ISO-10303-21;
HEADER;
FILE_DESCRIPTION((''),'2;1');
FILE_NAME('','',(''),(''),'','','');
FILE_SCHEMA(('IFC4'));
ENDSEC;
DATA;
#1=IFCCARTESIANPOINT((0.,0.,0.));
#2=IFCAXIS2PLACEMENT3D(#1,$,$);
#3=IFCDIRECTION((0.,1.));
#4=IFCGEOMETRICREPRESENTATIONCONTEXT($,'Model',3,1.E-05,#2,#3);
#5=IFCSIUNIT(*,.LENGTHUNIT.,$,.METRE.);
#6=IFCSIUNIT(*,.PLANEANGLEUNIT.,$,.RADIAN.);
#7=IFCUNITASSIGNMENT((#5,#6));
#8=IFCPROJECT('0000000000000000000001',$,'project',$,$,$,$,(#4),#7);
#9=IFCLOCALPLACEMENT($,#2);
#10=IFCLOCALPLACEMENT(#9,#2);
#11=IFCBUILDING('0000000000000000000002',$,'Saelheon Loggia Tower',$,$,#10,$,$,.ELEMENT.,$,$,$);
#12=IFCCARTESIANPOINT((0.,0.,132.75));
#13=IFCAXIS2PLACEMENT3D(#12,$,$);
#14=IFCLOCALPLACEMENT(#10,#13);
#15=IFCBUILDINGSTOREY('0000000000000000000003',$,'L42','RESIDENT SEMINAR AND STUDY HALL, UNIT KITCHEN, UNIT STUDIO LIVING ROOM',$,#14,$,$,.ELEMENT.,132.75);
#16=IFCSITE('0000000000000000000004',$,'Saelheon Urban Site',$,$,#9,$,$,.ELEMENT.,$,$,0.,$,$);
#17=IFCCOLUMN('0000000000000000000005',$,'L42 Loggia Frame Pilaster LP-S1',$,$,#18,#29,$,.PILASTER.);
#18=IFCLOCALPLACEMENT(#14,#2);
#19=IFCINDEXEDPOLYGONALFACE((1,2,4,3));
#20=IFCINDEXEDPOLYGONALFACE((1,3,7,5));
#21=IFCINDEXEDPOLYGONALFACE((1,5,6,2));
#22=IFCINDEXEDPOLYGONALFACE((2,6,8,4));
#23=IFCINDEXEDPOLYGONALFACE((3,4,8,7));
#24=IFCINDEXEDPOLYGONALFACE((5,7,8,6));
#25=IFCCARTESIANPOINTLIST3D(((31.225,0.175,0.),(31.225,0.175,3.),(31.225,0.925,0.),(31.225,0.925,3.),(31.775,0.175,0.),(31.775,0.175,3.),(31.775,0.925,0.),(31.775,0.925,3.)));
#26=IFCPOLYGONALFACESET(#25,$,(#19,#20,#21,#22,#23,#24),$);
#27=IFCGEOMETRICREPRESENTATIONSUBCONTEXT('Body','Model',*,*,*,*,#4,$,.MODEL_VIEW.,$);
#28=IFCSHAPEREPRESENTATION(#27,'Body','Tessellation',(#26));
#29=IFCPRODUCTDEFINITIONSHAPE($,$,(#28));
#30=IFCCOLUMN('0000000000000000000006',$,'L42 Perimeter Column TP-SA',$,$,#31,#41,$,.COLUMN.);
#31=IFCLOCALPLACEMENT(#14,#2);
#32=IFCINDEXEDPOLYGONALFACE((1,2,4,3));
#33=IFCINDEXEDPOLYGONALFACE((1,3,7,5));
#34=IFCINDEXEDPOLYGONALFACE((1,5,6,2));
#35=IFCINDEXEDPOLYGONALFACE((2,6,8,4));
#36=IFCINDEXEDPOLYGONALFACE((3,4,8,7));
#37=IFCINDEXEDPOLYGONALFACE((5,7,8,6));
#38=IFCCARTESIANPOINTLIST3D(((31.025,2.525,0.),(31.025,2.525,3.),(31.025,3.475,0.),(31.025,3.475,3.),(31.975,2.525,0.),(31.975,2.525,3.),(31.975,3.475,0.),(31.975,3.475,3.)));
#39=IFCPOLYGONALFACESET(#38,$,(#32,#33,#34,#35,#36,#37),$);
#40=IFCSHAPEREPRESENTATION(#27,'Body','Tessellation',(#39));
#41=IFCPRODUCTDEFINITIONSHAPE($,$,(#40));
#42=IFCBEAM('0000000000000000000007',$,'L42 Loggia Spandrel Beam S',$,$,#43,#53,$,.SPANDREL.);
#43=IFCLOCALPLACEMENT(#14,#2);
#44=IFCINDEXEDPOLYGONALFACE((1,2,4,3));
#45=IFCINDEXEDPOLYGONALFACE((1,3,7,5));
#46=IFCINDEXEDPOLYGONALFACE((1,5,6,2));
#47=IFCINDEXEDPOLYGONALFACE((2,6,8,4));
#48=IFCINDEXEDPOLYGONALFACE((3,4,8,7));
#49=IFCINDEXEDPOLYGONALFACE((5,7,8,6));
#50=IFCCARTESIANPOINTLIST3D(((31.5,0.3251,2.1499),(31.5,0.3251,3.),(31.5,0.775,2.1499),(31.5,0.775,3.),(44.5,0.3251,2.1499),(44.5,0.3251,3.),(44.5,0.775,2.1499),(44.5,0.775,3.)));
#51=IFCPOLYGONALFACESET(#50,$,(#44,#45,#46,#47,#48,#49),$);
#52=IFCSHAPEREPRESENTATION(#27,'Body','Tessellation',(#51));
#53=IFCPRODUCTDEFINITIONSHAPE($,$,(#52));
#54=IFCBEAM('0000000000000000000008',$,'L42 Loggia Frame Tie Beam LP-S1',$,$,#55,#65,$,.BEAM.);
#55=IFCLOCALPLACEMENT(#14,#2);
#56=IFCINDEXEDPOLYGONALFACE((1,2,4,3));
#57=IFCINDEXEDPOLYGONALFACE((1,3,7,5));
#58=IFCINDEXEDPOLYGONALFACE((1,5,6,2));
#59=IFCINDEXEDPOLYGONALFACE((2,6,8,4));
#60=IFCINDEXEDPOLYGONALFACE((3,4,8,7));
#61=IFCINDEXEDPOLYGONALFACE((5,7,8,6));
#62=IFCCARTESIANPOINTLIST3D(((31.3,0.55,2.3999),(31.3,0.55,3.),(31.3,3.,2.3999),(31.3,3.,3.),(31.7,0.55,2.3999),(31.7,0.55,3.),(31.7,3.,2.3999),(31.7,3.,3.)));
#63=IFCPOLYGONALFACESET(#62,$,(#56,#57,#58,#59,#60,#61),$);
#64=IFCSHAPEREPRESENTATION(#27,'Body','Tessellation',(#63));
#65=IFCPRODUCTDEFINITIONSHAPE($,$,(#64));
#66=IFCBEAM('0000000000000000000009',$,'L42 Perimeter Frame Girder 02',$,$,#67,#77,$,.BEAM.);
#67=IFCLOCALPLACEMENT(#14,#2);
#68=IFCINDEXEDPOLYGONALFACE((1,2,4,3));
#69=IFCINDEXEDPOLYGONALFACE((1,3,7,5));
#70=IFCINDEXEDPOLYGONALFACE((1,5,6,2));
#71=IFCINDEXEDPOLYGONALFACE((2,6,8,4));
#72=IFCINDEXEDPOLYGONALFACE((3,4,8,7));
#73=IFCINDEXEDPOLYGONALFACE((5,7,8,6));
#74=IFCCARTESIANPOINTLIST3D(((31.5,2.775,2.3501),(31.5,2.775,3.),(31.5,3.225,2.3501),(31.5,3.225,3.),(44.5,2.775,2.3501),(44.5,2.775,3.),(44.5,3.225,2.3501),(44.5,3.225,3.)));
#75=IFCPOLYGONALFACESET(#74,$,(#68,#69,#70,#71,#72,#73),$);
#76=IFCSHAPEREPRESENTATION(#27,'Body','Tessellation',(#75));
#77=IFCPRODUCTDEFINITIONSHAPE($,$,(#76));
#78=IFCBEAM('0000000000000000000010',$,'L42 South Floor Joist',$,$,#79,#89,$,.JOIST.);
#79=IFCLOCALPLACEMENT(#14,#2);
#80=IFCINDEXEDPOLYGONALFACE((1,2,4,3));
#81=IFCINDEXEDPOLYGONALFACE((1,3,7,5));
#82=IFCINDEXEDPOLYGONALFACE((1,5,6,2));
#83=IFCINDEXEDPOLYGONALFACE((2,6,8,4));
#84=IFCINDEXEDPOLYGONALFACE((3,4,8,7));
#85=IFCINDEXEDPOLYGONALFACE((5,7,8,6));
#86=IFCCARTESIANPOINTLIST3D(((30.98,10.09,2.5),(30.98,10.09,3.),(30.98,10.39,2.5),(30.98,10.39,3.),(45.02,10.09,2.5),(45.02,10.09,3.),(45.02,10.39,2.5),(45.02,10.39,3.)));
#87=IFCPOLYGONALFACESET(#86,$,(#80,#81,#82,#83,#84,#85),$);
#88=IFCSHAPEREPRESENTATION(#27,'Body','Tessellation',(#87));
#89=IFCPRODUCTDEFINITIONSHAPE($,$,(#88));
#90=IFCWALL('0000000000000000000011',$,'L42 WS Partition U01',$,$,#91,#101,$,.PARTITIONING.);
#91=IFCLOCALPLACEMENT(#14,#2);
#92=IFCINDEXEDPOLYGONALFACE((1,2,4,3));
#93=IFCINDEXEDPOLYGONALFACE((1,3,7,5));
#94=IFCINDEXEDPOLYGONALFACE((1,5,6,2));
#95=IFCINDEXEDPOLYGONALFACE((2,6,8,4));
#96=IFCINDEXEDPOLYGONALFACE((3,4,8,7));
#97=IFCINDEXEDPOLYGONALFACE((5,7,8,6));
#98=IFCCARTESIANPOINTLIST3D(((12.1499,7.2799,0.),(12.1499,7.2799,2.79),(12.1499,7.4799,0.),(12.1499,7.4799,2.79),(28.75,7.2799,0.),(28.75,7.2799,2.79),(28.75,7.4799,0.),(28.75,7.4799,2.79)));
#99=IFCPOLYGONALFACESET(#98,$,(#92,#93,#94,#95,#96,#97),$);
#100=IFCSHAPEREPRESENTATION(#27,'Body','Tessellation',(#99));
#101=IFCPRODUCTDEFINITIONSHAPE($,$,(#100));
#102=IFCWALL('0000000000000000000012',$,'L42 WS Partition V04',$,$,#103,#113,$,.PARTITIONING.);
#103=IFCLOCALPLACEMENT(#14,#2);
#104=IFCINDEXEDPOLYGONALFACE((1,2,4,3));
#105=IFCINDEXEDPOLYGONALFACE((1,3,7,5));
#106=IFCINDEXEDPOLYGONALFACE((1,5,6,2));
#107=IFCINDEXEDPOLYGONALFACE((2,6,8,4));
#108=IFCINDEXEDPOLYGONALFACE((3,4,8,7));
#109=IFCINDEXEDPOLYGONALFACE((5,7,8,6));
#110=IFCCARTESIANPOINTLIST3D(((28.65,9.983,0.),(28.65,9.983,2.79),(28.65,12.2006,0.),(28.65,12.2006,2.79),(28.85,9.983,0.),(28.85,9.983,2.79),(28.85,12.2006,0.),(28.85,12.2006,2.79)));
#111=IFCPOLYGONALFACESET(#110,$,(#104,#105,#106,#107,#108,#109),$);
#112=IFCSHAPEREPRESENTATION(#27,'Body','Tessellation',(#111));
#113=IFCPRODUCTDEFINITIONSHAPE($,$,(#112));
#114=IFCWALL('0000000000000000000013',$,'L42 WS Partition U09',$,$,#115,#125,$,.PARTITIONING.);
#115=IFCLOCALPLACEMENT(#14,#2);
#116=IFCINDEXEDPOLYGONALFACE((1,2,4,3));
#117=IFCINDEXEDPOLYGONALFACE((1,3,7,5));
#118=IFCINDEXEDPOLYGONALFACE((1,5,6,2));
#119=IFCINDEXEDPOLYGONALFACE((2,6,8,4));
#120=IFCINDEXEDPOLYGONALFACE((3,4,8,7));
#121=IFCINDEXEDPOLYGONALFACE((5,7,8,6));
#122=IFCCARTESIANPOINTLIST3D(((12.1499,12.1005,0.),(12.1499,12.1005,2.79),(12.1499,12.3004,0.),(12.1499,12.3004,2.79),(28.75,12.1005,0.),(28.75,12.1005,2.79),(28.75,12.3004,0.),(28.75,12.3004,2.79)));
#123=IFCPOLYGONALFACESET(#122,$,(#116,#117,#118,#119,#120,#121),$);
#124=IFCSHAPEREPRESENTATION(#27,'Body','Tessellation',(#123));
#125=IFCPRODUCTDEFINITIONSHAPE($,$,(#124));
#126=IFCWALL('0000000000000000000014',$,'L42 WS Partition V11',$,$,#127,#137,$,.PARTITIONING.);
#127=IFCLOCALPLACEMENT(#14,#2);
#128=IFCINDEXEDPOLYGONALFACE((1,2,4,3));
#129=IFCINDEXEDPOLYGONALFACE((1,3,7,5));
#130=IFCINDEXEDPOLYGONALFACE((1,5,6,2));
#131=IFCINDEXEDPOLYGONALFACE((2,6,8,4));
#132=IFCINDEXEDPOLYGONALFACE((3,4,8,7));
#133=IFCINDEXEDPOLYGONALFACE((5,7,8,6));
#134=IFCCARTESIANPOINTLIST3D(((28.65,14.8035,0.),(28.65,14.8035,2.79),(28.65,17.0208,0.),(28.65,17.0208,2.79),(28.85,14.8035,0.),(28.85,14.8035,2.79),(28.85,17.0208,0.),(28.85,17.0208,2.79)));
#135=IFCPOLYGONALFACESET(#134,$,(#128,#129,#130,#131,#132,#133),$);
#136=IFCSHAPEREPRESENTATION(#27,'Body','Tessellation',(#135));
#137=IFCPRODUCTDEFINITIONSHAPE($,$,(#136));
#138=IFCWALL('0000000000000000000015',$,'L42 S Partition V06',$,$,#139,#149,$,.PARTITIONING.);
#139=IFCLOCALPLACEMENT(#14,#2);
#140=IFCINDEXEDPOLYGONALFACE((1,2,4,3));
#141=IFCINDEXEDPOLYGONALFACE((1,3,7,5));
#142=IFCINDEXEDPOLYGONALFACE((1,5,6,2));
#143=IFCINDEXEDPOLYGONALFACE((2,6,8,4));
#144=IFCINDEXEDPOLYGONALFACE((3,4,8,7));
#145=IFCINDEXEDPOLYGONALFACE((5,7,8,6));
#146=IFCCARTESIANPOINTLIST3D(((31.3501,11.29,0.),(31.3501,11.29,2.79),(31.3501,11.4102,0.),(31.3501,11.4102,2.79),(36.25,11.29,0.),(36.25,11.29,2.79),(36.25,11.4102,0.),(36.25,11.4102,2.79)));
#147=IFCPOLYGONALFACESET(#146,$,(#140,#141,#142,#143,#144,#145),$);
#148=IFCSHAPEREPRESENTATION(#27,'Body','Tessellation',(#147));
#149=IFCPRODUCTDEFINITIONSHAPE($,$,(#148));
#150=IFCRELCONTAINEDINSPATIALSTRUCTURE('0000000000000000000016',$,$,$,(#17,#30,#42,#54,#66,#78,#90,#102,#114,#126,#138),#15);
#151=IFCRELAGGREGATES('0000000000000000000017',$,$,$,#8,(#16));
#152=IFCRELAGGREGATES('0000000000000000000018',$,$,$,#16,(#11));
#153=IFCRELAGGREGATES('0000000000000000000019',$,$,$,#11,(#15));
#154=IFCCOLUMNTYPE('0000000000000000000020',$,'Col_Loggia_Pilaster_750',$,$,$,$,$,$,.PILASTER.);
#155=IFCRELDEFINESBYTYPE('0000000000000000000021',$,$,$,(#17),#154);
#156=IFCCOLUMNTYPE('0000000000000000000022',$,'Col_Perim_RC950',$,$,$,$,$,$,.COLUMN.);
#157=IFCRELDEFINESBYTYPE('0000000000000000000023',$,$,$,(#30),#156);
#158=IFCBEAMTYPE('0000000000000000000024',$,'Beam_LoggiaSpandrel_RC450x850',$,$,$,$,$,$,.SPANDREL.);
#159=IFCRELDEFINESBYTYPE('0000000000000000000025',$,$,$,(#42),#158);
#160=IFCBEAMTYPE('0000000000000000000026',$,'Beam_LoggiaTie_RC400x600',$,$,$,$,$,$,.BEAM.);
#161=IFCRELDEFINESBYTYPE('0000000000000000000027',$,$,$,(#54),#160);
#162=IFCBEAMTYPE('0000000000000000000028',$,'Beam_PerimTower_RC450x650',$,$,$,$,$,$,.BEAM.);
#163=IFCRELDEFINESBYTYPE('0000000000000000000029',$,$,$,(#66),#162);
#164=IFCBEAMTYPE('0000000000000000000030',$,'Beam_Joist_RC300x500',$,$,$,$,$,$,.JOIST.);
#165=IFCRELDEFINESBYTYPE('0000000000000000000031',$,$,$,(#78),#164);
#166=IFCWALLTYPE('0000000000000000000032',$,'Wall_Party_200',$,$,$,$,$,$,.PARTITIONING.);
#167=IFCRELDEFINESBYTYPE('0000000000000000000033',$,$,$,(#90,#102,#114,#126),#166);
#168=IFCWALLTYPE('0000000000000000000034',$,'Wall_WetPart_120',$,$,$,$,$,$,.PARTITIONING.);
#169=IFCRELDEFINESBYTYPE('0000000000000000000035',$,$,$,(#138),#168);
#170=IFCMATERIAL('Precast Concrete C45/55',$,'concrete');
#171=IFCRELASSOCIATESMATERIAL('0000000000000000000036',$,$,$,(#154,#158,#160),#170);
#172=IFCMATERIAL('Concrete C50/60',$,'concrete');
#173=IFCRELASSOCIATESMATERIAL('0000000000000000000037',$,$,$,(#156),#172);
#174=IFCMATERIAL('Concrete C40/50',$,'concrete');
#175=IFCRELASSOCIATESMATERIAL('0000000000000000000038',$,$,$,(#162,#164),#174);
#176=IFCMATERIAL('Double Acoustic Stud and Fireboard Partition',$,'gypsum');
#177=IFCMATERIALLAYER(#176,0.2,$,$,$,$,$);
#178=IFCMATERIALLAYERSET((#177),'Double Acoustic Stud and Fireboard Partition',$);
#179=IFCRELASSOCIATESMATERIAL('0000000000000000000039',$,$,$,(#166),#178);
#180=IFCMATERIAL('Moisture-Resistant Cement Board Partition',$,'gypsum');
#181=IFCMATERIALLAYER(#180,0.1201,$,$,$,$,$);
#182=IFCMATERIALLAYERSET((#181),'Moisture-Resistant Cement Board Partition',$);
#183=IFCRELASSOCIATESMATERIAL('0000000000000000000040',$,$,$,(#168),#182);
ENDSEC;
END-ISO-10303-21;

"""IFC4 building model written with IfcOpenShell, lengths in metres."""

from ifc_helpers import new_model, si_unit, direction, frame, frame_2d, origin, origin_2d, place, context, subcontext, project, spatial, rectangle, extrude, source, transform, mapped, material, layer, layer_set, material_profile, profile_set, type_object, element, save


model = new_model("IFC4")

# Units and contexts
model_context = context("Model", 3, precision=1e-05, world=origin(), true_north=direction((0.0, 1.0)))
body_context = subcontext(model_context, "Body", "Model", "MODEL_VIEW")
ifc_project = project(units=[si_unit("LENGTHUNIT", "METRE"), si_unit("PLANEANGLEUNIT", "RADIAN")], contexts=[model_context])

# Site, building, storey
site_placement = place(None, origin())
site = spatial("IfcSite", under=ifc_project, at=site_placement, Name="Saelheon Urban Site", CompositionType="ELEMENT", RefElevation=0.0)
building_placement = place(site_placement, origin())
building = spatial("IfcBuilding", under=site, at=building_placement, Name="Saelheon Loggia Tower", CompositionType="ELEMENT")
storey_placement = place(building_placement, frame((0.0, 0.0, 132.75)))
storey = spatial("IfcBuildingStorey", under=building, at=storey_placement, Name="L42", Description="RESIDENT SEMINAR AND STUDY HALL, UNIT KITCHEN, UNIT STUDIO LIVING ROOM", CompositionType="ELEMENT", Elevation=132.75)

# Columns
ifc_material_1 = material(Name="Precast Concrete C45/55", Category="concrete")
ifc_material_profile_1 = material_profile(ifc_material_1, rectangle(XDim=0.55, YDim=0.75, at=origin_2d()), Name="RC-550x750")
ifc_profile_set_1 = profile_set([ifc_material_profile_1], Name="Precast Concrete C45/55")
column_type_1 = type_object("IfcColumnType", Name="Col_Loggia_Pilaster_750", PredefinedType="PILASTER", material=ifc_profile_set_1)
shared_shape_1 = source(origin(), body_context, "Body", "SweptSolid", [
    extrude(rectangle(XDim=0.55, YDim=0.75, at=origin_2d()), origin(), (0.0, 0.0, 1.0), 3.0),
])
column_1_placement = place(storey_placement, frame((31.5, 0.55, 0.0), z_axis=(0.0, 0.0, 1.0), x_axis=(1.0, 0.0, 0.0)))
element("IfcColumn", 1, at=column_1_placement, inside=storey, type_object=column_type_1, Name="L42 Loggia Frame Pilaster LP-S1", PredefinedType="PILASTER", context=body_context, shape_type="MappedRepresentation", body=[
    mapped(shared_shape_1, transform((0.0, 0.0, 0.0), scale=1.0)),
])
ifc_material_2 = material(Name="Concrete C50/60", Category="concrete")
ifc_material_profile_2 = material_profile(ifc_material_2, rectangle(XDim=0.95, YDim=0.95, at=origin_2d()), Name="RC-950x950")
ifc_profile_set_2 = profile_set([ifc_material_profile_2], Name="Concrete C50/60")
column_type_2 = type_object("IfcColumnType", Name="Col_Perim_RC950", PredefinedType="COLUMN", material=ifc_profile_set_2)
shared_shape_2 = source(origin(), body_context, "Body", "SweptSolid", [
    extrude(rectangle(XDim=0.95, YDim=0.95, at=origin_2d()), origin(), (0.0, 0.0, 1.0), 3.0),
])
column_2_placement = place(storey_placement, frame((31.5, 3.0, 0.0), z_axis=(0.0, 0.0, 1.0), x_axis=(1.0, 0.0, 0.0)))
element("IfcColumn", 2, at=column_2_placement, inside=storey, type_object=column_type_2, Name="L42 Perimeter Column TP-SA", PredefinedType="COLUMN", context=body_context, shape_type="MappedRepresentation", body=[
    mapped(shared_shape_2, transform((0.0, 0.0, 0.0), scale=1.0)),
])

# Beams
ifc_material_profile_3 = material_profile(ifc_material_1, rectangle(XDim=0.45, YDim=0.8501, at=origin_2d()), Name="RC-450x850")
ifc_profile_set_3 = profile_set([ifc_material_profile_3], Name="Precast Concrete C45/55")
beam_type_1 = type_object("IfcBeamType", Name="Beam_LoggiaSpandrel_RC450x850", PredefinedType="SPANDREL", material=ifc_profile_set_3)
shared_shape_3 = source(origin(), body_context, "Body", "SweptSolid", [
    extrude(rectangle(XDim=0.45, YDim=0.8501, at=origin_2d()), origin(), (0.0, 0.0, 1.0), 13.0),
])
beam_1_placement = place(storey_placement, frame((31.5, 0.55, 2.575), z_axis=(1.0, 0.0, 0.0), x_axis=(0.0, 1.0, 0.0)))
element("IfcBeam", 3, at=beam_1_placement, inside=storey, type_object=beam_type_1, Name="L42 Loggia Spandrel Beam S", PredefinedType="SPANDREL", context=body_context, shape_type="MappedRepresentation", body=[
    mapped(shared_shape_3, transform((0.0, 0.0, 0.0), scale=1.0)),
])
ifc_material_profile_4 = material_profile(ifc_material_1, rectangle(XDim=0.3999, YDim=0.6001, at=origin_2d()), Name="RC-400x600")
ifc_profile_set_4 = profile_set([ifc_material_profile_4], Name="Precast Concrete C45/55")
beam_type_2 = type_object("IfcBeamType", Name="Beam_LoggiaTie_RC400x600", PredefinedType="BEAM", material=ifc_profile_set_4)
shared_shape_4 = source(origin(), body_context, "Body", "SweptSolid", [
    extrude(rectangle(XDim=0.3999, YDim=0.6001, at=origin_2d()), origin(), (0.0, 0.0, 1.0), 2.45),
])
beam_2_placement = place(storey_placement, frame((31.5, 3.0, 2.7), z_axis=(0.0, -1.0, 0.0), x_axis=(1.0, 0.0, 0.0)))
element("IfcBeam", 4, at=beam_2_placement, inside=storey, type_object=beam_type_2, Name="L42 Loggia Frame Tie Beam LP-S1", PredefinedType="BEAM", context=body_context, shape_type="MappedRepresentation", body=[
    mapped(shared_shape_4, transform((0.0, 0.0, 0.0), scale=1.0)),
])
ifc_material_3 = material(Name="Concrete C40/50", Category="concrete")
ifc_material_profile_5 = material_profile(ifc_material_3, rectangle(XDim=0.45, YDim=0.6499, at=origin_2d()), Name="RC-450x650")
ifc_profile_set_5 = profile_set([ifc_material_profile_5], Name="Concrete C40/50")
beam_type_3 = type_object("IfcBeamType", Name="Beam_PerimTower_RC450x650", PredefinedType="BEAM", material=ifc_profile_set_5)
shared_shape_5 = source(origin(), body_context, "Body", "SweptSolid", [
    extrude(rectangle(XDim=0.45, YDim=0.6499, at=origin_2d()), origin(), (0.0, 0.0, 1.0), 13.0),
])
beam_3_placement = place(storey_placement, frame((31.5, 3.0, 2.675), z_axis=(1.0, 0.0, 0.0), x_axis=(0.0, 1.0, 0.0)))
element("IfcBeam", 5, at=beam_3_placement, inside=storey, type_object=beam_type_3, Name="L42 Perimeter Frame Girder 02", PredefinedType="BEAM", context=body_context, shape_type="MappedRepresentation", body=[
    mapped(shared_shape_5, transform((0.0, 0.0, 0.0), scale=1.0)),
])
ifc_material_profile_6 = material_profile(ifc_material_3, rectangle(XDim=0.3, YDim=0.5, at=origin_2d()), Name="RC-300x500")
ifc_profile_set_6 = profile_set([ifc_material_profile_6], Name="Concrete C40/50")
beam_type_4 = type_object("IfcBeamType", Name="Beam_Joist_RC300x500", PredefinedType="JOIST", material=ifc_profile_set_6)
shared_shape_6 = source(origin(), body_context, "Body", "SweptSolid", [
    extrude(rectangle(XDim=0.3, YDim=0.5, at=origin_2d()), origin(), (0.0, 0.0, 1.0), 14.04),
])
beam_4_placement = place(storey_placement, frame((30.98, 10.24, 2.75), z_axis=(1.0, 0.0, 0.0), x_axis=(0.0, 1.0, 0.0)))
element("IfcBeam", 6, at=beam_4_placement, inside=storey, type_object=beam_type_4, Name="L42 South Floor Joist", PredefinedType="JOIST", context=body_context, shape_type="MappedRepresentation", body=[
    mapped(shared_shape_6, transform((0.0, 0.0, 0.0), scale=1.0)),
])

# Wall
ifc_material_4 = material(Name="Double Acoustic Stud and Fireboard Partition", Category="gypsum")
ifc_layer_1 = layer(ifc_material_4, 0.2)
ifc_layer_set_1 = layer_set([ifc_layer_1], Name="Double Acoustic Stud and Fireboard Partition")
wall_type_1 = type_object("IfcWallType", Name="Wall_Party_200", PredefinedType="PARTITIONING", material=ifc_layer_set_1)
wall_1_placement = place(storey_placement, frame((28.75, 7.3799, 0.0), z_axis=(0.0, 0.0, 1.0), x_axis=(-1.0, 0.0, 0.0)))
element("IfcWall", 7, at=wall_1_placement, inside=storey, type_object=wall_type_1, Name="L42 WS Partition U01", PredefinedType="PARTITIONING", context=body_context, shape_type="SweptSolid", body=[
    extrude(rectangle(XDim=16.6001, YDim=0.2, at=frame_2d((8.3, 0.0))), origin(), (0.0, 0.0, 1.0), 2.79),
])

# Walls
wall_2_placement = place(storey_placement, frame((28.75, 9.9829, 0.0), z_axis=(0.0, 0.0, 1.0), x_axis=(0.0, 1.0, 0.0)))
element("IfcWall", 8, at=wall_2_placement, inside=storey, type_object=wall_type_1, Name="L42 WS Partition V04", PredefinedType="PARTITIONING", context=body_context, shape_type="SweptSolid", body=[
    extrude(rectangle(XDim=2.2175, YDim=0.2, at=frame_2d((1.1089, 0.0))), origin(), (0.0, 0.0, 1.0), 2.79),
])
wall_3_placement = place(storey_placement, frame((28.75, 12.2004, 0.0), z_axis=(0.0, 0.0, 1.0), x_axis=(-1.0, 0.0, 0.0)))
element("IfcWall", 9, at=wall_3_placement, inside=storey, type_object=wall_type_1, Name="L42 WS Partition U09", PredefinedType="PARTITIONING", context=body_context, shape_type="SweptSolid", body=[
    extrude(rectangle(XDim=16.6001, YDim=0.2, at=frame_2d((8.3, 0.0))), origin(), (0.0, 0.0, 1.0), 2.79),
])

# Walls
wall_4_placement = place(storey_placement, frame((28.75, 14.8035, 0.0), z_axis=(0.0, 0.0, 1.0), x_axis=(0.0, 1.0, 0.0)))
element("IfcWall", 10, at=wall_4_placement, inside=storey, type_object=wall_type_1, Name="L42 WS Partition V11", PredefinedType="PARTITIONING", context=body_context, shape_type="SweptSolid", body=[
    extrude(rectangle(XDim=2.2173, YDim=0.2, at=frame_2d((1.1086, 0.0))), origin(), (0.0, 0.0, 1.0), 2.79),
])
ifc_material_5 = material(Name="Moisture-Resistant Cement Board Partition", Category="gypsum")
ifc_layer_2 = layer(ifc_material_5, 0.1201)
ifc_layer_set_2 = layer_set([ifc_layer_2], Name="Moisture-Resistant Cement Board Partition")
wall_type_2 = type_object("IfcWallType", Name="Wall_WetPart_120", PredefinedType="PARTITIONING", material=ifc_layer_set_2)
wall_5_placement = place(storey_placement, frame((31.3501, 11.3501, 0.0), z_axis=(0.0, 0.0, 1.0), x_axis=(1.0, 0.0, 0.0)))
element("IfcWall", 11, at=wall_5_placement, inside=storey, type_object=wall_type_2, Name="L42 S Partition V06", PredefinedType="PARTITIONING", context=body_context, shape_type="SweptSolid", body=[
    extrude(rectangle(XDim=4.8999, YDim=0.1201, at=frame_2d((2.45, 0.0))), origin(), (0.0, 0.0, 1.0), 2.79),
])

save(model, "model.ifc")
